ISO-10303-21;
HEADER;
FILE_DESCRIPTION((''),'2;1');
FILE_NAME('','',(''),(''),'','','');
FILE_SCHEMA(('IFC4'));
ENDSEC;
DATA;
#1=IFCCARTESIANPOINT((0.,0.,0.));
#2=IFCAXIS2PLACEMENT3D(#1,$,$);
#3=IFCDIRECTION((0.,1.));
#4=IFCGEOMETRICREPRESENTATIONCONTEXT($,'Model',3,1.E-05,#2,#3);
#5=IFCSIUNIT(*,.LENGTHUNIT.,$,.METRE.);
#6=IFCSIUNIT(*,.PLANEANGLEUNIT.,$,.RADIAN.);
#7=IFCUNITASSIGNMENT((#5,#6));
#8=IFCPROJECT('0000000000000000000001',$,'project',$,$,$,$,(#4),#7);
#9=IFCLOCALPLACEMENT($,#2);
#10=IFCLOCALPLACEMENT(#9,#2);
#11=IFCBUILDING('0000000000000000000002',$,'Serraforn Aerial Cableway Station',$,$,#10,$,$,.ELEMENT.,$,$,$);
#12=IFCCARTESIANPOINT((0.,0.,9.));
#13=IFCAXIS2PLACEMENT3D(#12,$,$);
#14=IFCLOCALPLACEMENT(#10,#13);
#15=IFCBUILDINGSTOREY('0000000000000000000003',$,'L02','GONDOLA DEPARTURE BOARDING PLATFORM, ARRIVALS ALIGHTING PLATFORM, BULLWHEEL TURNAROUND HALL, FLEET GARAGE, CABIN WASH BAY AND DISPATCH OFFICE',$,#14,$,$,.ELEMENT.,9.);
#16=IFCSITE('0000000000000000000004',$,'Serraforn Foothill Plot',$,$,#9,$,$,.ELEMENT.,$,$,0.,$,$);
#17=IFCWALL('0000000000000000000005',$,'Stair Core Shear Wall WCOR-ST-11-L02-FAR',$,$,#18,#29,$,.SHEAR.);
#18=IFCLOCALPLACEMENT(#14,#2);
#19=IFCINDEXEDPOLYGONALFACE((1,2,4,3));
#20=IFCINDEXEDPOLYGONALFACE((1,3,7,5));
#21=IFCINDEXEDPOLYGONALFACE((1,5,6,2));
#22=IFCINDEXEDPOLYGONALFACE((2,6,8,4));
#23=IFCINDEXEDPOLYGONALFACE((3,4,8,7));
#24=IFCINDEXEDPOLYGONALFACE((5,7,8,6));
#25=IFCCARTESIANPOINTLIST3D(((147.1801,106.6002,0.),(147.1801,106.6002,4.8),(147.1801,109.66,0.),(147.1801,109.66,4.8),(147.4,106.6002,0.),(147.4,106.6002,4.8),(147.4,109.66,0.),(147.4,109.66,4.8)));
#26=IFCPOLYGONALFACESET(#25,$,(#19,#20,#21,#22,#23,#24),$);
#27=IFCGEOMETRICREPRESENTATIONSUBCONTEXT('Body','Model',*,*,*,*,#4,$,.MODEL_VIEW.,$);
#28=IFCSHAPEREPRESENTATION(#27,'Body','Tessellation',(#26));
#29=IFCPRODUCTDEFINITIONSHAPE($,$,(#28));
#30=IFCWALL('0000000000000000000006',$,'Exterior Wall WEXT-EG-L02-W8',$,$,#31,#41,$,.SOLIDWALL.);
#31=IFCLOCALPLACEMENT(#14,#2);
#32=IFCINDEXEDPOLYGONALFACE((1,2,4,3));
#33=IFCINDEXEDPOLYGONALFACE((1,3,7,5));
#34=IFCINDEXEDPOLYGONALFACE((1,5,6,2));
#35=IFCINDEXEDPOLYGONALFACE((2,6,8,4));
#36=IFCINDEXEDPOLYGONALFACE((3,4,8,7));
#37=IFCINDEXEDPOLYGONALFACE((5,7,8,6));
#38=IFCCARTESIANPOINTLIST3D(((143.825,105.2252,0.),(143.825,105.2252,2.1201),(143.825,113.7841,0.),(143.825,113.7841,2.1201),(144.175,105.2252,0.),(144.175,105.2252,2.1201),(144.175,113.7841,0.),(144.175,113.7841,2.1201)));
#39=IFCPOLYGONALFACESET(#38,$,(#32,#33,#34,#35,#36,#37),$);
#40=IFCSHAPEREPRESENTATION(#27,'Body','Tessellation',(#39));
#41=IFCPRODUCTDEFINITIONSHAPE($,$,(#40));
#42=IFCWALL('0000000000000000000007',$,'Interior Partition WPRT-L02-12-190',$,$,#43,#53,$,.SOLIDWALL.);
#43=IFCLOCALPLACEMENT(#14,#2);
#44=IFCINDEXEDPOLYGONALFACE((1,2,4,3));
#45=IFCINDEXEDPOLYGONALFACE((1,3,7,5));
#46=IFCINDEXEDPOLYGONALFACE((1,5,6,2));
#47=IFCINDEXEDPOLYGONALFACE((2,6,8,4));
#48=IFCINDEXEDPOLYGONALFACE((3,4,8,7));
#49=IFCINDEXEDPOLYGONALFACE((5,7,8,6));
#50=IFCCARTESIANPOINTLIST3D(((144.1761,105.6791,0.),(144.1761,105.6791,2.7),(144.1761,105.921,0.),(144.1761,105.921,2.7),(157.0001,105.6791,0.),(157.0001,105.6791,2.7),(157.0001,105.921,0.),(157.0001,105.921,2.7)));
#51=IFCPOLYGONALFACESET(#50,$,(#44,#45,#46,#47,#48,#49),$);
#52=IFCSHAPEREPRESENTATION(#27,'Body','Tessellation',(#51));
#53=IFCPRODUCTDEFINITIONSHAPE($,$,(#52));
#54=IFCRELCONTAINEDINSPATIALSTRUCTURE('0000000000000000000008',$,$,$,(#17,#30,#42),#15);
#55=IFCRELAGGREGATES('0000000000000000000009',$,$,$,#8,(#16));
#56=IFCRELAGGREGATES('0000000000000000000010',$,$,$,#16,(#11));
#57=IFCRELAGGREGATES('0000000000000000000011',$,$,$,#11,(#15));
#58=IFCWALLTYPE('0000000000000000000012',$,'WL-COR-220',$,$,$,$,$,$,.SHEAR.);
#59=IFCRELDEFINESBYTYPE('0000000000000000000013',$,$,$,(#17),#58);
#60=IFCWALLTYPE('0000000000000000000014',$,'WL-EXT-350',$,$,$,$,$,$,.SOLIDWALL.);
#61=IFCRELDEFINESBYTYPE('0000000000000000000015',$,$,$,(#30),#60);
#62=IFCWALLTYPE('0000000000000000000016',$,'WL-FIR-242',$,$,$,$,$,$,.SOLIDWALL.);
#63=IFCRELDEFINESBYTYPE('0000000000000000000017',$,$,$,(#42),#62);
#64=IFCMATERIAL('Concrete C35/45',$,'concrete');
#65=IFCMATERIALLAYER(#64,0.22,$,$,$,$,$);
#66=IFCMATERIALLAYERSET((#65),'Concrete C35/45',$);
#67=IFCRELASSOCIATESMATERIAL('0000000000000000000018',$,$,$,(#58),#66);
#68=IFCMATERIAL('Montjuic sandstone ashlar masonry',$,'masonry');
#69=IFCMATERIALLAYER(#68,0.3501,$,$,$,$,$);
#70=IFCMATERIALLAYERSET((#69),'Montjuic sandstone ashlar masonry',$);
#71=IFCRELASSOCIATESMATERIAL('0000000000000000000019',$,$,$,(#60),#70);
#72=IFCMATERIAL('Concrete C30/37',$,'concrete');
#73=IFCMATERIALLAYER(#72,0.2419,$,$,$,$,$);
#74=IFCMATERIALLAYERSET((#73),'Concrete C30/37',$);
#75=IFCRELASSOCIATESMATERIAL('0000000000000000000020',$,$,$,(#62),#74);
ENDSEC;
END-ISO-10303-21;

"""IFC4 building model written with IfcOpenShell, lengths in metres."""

from ifc_helpers import new_model, si_unit, direction, frame, frame_2d, origin, place, context, subcontext, project, spatial, rectangle, extrude, material, layer, layer_set, type_object, element, save


model = new_model("IFC4")

# Units and contexts
model_context = context("Model", 3, precision=1e-05, world=origin(), true_north=direction((0.0, 1.0)))
body_context = subcontext(model_context, "Body", "Model", "MODEL_VIEW")
ifc_project = project(units=[si_unit("LENGTHUNIT", "METRE"), si_unit("PLANEANGLEUNIT", "RADIAN")], contexts=[model_context])

# Site, building, storey
site_placement = place(None, origin())
site = spatial("IfcSite", under=ifc_project, at=site_placement, Name="Serraforn Foothill Plot", CompositionType="ELEMENT", RefElevation=0.0)
building_placement = place(site_placement, origin())
building = spatial("IfcBuilding", under=site, at=building_placement, Name="Serraforn Aerial Cableway Station", CompositionType="ELEMENT")
storey_placement = place(building_placement, frame((0.0, 0.0, 9.0)))
storey = spatial("IfcBuildingStorey", under=building, at=storey_placement, Name="L02", Description="GONDOLA DEPARTURE BOARDING PLATFORM, ARRIVALS ALIGHTING PLATFORM, BULLWHEEL TURNAROUND HALL, FLEET GARAGE, CABIN WASH BAY AND DISPATCH OFFICE", CompositionType="ELEMENT", Elevation=9.0)

# Walls
ifc_material_1 = material(Name="Concrete C35/45", Category="concrete")
ifc_layer_1 = layer(ifc_material_1, 0.22)
ifc_layer_set_1 = layer_set([ifc_layer_1], Name="Concrete C35/45")
wall_type_1 = type_object("IfcWallType", Name="WL-COR-220", PredefinedType="SHEAR", material=ifc_layer_set_1)
wall_1_placement = place(storey_placement, frame((147.29, 109.6599, 0.0), z_axis=(0.0, 0.0, 1.0), x_axis=(0.0, -1.0, 0.0)))
element("IfcWall", 1, at=wall_1_placement, inside=storey, type_object=wall_type_1, Name="Stair Core Shear Wall WCOR-ST-11-L02-FAR", PredefinedType="SHEAR", context=body_context, shape_type="SweptSolid", body=[
    extrude(rectangle(XDim=3.0598, YDim=0.22, at=frame_2d((1.5298, 0.0))), origin(), (0.0, 0.0, 1.0), 4.8),
])
ifc_material_2 = material(Name="Montjuic sandstone ashlar masonry", Category="masonry")
ifc_layer_2 = layer(ifc_material_2, 0.3501)
ifc_layer_set_2 = layer_set([ifc_layer_2], Name="Montjuic sandstone ashlar masonry")
wall_type_2 = type_object("IfcWallType", Name="WL-EXT-350", PredefinedType="SOLIDWALL", material=ifc_layer_set_2)
wall_2_placement = place(storey_placement, frame((144.0, 113.7839, 0.0), z_axis=(0.0, 0.0, 1.0), x_axis=(0.0, -1.0, 0.0)))
element("IfcWall", 2, at=wall_2_placement, inside=storey, type_object=wall_type_2, Name="Exterior Wall WEXT-EG-L02-W8", PredefinedType="SOLIDWALL", context=body_context, shape_type="SweptSolid", body=[
    extrude(rectangle(XDim=8.5588, YDim=0.3501, at=frame_2d((4.2793, 0.0))), origin(), (0.0, 0.0, 1.0), 2.1201),
])
ifc_material_3 = material(Name="Concrete C30/37", Category="concrete")
ifc_layer_3 = layer(ifc_material_3, 0.2419)
ifc_layer_set_3 = layer_set([ifc_layer_3], Name="Concrete C30/37")
wall_type_3 = type_object("IfcWallType", Name="WL-FIR-242", PredefinedType="SOLIDWALL", material=ifc_layer_set_3)
wall_3_placement = place(storey_placement, frame((144.176, 105.8, 0.0), z_axis=(0.0, 0.0, 1.0), x_axis=(1.0, 0.0, 0.0)))
element("IfcWall", 3, at=wall_3_placement, inside=storey, type_object=wall_type_3, Name="Interior Partition WPRT-L02-12-190", PredefinedType="SOLIDWALL", context=body_context, shape_type="SweptSolid", body=[
    extrude(rectangle(XDim=12.824, YDim=0.2419, at=frame_2d((6.4121, 0.0))), origin(), (0.0, 0.0, 1.0), 2.7),
])

save(model, "model.ifc")
